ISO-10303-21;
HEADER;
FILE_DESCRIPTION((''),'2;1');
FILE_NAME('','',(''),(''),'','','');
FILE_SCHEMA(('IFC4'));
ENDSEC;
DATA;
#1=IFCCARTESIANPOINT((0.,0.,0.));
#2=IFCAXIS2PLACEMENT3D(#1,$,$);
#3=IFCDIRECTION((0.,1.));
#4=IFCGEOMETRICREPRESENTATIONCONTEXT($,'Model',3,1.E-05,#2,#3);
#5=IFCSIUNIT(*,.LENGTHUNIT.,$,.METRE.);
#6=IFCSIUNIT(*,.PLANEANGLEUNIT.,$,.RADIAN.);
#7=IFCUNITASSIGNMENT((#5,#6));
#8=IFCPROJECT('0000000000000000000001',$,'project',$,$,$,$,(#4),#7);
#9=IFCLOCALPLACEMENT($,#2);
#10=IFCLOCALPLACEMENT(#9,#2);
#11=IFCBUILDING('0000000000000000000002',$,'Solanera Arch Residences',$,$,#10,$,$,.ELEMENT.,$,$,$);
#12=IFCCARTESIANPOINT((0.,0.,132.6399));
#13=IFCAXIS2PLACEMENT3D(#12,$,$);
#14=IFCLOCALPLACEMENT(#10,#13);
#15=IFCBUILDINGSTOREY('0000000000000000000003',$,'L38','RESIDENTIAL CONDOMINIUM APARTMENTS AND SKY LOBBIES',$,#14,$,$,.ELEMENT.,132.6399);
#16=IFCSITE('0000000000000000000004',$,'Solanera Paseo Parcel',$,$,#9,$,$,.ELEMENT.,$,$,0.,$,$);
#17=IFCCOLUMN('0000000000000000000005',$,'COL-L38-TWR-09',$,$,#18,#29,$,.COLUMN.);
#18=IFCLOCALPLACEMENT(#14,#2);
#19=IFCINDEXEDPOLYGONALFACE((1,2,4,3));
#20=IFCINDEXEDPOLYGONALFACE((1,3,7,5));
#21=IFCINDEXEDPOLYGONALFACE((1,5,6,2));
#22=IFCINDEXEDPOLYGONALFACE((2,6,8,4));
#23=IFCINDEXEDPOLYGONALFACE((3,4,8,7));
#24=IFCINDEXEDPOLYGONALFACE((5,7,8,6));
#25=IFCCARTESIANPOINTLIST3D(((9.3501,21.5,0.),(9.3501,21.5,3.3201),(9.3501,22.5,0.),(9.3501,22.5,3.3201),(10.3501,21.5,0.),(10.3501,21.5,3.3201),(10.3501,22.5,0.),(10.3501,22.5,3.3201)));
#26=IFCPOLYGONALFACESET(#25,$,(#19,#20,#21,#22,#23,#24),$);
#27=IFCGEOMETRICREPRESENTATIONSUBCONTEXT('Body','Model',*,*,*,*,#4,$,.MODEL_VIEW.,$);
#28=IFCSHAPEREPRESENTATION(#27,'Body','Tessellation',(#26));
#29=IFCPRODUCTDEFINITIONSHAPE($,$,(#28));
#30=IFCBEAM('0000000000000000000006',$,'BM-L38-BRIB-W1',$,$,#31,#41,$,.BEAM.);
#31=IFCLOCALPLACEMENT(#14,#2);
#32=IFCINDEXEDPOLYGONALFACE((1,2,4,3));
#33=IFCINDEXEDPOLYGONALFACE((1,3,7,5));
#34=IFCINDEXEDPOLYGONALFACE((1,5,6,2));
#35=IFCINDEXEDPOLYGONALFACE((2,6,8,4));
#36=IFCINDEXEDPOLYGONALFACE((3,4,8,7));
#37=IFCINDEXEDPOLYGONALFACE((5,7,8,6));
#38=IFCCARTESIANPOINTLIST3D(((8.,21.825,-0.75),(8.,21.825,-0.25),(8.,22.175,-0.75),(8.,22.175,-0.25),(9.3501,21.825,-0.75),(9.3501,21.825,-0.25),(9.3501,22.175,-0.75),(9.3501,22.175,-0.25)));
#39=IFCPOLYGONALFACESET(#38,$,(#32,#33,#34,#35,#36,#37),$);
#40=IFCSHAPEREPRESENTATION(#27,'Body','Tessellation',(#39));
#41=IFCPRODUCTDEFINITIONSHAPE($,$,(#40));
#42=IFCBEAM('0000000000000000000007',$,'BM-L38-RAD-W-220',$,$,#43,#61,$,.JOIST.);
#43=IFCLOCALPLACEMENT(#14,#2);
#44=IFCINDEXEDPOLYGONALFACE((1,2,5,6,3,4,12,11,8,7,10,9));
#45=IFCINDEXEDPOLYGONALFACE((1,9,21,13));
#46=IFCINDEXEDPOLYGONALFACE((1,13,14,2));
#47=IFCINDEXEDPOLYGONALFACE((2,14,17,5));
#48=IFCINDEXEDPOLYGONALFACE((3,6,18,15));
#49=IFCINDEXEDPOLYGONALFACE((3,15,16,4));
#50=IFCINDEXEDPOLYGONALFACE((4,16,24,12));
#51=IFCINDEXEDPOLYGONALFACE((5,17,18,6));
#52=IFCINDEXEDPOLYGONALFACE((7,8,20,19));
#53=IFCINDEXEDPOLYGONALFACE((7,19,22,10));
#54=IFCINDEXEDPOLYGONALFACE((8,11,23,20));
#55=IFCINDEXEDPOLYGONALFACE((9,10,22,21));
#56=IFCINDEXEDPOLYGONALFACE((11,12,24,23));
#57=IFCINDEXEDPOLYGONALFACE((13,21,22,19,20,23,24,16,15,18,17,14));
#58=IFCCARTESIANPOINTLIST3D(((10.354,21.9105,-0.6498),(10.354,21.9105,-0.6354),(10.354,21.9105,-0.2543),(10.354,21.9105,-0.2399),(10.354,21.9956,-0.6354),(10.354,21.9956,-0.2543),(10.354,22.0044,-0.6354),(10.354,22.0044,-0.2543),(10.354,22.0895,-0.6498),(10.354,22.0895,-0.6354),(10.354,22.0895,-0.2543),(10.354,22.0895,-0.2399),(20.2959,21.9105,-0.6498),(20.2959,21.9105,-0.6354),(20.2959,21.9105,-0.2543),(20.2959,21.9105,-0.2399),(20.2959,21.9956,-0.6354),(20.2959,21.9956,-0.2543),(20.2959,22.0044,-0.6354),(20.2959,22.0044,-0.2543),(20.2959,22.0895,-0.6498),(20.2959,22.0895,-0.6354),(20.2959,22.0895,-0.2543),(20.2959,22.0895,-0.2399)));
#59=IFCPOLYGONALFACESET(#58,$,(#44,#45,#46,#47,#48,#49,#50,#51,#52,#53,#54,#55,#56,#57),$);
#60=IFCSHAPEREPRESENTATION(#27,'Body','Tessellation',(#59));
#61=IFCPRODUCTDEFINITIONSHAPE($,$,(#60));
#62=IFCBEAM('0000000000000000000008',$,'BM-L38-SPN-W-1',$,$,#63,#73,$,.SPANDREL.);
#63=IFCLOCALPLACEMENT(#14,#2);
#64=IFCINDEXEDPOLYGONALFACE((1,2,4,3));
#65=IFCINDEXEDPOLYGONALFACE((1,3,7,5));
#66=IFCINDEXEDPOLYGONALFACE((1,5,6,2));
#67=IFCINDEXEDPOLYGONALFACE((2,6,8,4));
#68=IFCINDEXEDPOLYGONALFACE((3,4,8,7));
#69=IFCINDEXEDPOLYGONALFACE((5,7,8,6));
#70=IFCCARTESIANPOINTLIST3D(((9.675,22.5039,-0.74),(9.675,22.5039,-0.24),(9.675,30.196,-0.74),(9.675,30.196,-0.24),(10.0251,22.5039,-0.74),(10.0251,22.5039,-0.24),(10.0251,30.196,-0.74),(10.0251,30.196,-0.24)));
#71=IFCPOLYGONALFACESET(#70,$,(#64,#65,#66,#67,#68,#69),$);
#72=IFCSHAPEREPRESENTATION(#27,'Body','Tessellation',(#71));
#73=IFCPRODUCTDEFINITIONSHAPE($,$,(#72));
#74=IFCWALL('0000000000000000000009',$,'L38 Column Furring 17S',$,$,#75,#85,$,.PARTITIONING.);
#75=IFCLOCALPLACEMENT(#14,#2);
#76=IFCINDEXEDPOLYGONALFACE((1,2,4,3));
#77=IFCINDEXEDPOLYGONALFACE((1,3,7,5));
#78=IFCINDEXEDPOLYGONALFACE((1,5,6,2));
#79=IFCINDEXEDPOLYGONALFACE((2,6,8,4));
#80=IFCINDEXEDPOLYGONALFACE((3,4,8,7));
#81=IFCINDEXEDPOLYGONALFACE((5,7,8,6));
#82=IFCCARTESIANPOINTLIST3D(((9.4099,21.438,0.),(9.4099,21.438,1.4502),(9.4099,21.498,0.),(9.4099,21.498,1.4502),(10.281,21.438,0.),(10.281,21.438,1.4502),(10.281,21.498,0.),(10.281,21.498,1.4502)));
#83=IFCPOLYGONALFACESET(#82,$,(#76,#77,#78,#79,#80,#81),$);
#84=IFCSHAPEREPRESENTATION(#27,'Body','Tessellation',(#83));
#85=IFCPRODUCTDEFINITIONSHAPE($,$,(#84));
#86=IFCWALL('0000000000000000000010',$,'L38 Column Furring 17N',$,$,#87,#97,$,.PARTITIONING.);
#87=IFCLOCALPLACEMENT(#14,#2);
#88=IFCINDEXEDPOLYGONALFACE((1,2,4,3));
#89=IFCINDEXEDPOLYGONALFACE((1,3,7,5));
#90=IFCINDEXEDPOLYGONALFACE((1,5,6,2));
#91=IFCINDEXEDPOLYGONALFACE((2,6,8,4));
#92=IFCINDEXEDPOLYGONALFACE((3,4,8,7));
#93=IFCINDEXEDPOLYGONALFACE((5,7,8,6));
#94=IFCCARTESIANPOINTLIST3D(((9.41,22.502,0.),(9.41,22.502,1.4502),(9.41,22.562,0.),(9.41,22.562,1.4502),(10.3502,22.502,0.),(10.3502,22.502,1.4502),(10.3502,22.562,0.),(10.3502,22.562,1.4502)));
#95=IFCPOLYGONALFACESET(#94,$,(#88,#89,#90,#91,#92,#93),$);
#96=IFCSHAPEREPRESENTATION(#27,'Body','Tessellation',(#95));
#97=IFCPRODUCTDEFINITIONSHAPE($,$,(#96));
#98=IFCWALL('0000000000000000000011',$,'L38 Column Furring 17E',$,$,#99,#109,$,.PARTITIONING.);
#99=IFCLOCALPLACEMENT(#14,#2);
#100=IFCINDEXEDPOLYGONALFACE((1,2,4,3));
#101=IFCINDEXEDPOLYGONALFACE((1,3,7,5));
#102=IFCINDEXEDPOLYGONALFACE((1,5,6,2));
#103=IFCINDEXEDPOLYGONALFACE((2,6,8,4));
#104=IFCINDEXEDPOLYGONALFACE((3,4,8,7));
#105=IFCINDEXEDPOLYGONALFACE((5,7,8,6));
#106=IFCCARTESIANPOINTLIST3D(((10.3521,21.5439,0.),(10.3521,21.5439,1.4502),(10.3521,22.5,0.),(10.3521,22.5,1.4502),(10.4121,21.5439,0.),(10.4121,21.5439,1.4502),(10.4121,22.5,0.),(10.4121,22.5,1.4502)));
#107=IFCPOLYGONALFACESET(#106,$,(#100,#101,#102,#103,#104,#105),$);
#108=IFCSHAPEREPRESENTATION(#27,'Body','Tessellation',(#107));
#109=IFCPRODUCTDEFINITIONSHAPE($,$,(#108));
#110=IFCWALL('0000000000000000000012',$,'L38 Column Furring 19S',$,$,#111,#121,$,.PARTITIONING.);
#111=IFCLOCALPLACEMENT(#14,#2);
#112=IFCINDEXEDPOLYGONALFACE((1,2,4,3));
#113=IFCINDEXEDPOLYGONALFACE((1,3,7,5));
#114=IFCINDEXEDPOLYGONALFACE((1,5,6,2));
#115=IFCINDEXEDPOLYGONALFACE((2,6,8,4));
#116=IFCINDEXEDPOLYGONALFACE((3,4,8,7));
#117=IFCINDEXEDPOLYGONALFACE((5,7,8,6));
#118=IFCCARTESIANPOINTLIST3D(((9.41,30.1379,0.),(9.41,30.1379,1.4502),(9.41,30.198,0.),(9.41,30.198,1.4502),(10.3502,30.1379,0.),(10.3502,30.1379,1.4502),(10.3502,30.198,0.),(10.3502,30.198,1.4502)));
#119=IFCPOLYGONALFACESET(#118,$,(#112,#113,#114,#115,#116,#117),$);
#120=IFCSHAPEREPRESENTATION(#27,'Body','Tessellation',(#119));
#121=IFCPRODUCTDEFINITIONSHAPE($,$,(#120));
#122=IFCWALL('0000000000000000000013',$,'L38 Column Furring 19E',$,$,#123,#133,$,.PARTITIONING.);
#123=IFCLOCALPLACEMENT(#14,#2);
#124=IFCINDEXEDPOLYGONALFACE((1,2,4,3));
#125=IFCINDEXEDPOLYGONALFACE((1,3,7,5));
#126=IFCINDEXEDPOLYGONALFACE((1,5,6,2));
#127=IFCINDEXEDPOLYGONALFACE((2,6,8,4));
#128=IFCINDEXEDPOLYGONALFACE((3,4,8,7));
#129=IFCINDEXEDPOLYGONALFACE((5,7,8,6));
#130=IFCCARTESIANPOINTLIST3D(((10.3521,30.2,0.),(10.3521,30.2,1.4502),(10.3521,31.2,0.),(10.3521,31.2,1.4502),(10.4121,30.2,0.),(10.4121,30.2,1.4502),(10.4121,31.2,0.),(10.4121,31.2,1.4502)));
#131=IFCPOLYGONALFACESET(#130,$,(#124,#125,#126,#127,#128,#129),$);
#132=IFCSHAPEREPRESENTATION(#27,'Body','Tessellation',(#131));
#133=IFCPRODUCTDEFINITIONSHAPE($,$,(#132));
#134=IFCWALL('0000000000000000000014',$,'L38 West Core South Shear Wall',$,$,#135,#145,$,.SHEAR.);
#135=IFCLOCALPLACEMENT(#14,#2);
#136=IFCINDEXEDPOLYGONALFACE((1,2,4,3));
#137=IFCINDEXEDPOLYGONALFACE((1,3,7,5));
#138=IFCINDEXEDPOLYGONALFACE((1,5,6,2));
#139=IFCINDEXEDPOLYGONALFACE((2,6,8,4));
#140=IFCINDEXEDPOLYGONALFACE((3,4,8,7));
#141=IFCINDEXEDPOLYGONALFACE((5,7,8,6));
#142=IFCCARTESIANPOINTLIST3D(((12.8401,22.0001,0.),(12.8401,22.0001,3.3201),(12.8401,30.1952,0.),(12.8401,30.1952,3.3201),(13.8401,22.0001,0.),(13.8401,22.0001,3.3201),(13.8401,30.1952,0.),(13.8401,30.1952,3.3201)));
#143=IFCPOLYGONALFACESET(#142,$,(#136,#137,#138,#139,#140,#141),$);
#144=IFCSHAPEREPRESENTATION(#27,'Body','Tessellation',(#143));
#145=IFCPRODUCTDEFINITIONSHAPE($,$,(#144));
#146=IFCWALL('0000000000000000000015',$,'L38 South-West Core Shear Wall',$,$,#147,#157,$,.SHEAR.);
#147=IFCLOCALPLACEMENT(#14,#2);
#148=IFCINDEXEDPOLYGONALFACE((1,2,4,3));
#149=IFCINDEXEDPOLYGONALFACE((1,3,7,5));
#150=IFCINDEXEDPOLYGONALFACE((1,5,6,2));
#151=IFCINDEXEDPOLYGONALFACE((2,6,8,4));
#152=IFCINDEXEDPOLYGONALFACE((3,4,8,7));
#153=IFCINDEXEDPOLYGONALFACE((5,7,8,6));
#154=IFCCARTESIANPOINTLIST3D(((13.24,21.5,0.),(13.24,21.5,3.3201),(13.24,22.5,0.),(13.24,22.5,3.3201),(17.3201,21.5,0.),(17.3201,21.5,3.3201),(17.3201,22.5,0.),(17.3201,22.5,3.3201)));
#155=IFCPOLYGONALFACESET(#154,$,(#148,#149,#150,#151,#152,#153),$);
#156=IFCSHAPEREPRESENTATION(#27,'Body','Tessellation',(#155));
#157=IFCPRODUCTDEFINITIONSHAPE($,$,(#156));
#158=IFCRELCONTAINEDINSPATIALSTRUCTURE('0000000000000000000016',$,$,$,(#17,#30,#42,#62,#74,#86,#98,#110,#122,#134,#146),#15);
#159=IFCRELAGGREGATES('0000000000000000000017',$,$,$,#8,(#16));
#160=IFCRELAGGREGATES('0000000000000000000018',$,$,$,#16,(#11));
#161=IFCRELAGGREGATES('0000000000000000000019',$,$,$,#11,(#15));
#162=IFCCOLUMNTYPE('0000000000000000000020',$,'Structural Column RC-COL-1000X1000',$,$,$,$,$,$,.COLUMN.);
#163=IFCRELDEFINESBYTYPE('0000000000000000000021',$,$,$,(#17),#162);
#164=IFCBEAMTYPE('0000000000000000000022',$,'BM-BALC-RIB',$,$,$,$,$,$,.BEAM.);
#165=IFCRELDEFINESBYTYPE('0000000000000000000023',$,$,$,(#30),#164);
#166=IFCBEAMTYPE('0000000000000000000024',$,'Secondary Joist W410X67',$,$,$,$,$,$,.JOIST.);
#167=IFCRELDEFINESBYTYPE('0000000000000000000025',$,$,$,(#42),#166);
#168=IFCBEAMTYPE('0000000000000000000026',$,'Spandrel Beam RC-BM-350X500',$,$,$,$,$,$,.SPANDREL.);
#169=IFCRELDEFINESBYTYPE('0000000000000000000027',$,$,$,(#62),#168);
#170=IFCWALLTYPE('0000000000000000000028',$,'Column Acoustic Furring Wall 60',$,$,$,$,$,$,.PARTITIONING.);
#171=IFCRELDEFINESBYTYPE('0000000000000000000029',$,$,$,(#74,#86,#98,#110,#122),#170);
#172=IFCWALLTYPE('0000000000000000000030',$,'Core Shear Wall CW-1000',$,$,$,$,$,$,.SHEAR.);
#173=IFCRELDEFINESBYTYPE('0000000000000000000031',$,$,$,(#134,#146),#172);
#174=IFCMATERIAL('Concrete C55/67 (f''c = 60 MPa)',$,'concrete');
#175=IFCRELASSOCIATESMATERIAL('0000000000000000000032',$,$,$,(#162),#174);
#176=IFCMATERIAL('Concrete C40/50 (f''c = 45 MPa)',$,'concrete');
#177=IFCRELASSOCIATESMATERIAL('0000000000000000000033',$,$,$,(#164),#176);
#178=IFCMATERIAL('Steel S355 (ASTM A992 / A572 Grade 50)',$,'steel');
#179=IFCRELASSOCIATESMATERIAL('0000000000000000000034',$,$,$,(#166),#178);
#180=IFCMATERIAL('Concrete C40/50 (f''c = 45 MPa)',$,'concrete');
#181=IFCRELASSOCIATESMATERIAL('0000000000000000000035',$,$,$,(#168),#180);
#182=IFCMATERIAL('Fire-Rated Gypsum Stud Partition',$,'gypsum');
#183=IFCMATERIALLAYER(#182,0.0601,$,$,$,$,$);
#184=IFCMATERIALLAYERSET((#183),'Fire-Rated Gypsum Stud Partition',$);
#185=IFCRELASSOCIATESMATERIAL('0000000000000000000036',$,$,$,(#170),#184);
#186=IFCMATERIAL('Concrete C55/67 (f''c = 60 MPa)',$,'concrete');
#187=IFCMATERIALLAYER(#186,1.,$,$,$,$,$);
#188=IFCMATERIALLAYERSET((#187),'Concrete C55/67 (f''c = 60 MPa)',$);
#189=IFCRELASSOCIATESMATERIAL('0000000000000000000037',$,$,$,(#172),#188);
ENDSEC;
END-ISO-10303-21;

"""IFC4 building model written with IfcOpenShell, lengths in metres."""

from ifc_helpers import new_model, si_unit, direction, frame, frame_2d, origin, origin_2d, place, context, subcontext, project, spatial, rectangle, i_section, extrude, material, layer, layer_set, material_profile, profile_set, type_object, element, save


model = new_model("IFC4")

# Units and contexts
model_context = context("Model", 3, precision=1e-05, world=origin(), true_north=direction((0.0, 1.0)))
body_context = subcontext(model_context, "Body", "Model", "MODEL_VIEW")
ifc_project = project(units=[si_unit("LENGTHUNIT", "METRE"), si_unit("PLANEANGLEUNIT", "RADIAN")], contexts=[model_context])

# Site, building, storey
site_placement = place(None, origin())
site = spatial("IfcSite", under=ifc_project, at=site_placement, Name="Solanera Paseo Parcel", CompositionType="ELEMENT", RefElevation=0.0)
building_placement = place(site_placement, origin())
building = spatial("IfcBuilding", under=site, at=building_placement, Name="Solanera Arch Residences", CompositionType="ELEMENT")
storey_placement = place(building_placement, frame((0.0, 0.0, 132.6399)))
storey = spatial("IfcBuildingStorey", under=building, at=storey_placement, Name="L38", Description="RESIDENTIAL CONDOMINIUM APARTMENTS AND SKY LOBBIES", CompositionType="ELEMENT", Elevation=132.6399)

# Column
ifc_material_1 = material(Name="Concrete C55/67 (f'c = 60 MPa)", Category="concrete")
ifc_material_profile_1 = material_profile(ifc_material_1, rectangle(XDim=1.0, YDim=1.0, at=origin_2d()))
ifc_profile_set_1 = profile_set([ifc_material_profile_1], Name="Concrete C55/67 (f'c = 60 MPa)")
column_type = type_object("IfcColumnType", Name="Structural Column RC-COL-1000X1000", PredefinedType="COLUMN", material=ifc_profile_set_1)
column_placement = place(storey_placement, frame((9.8501, 22.0, 0.0), z_axis=(0.0, 0.0, 1.0), x_axis=(1.0, 0.0, 0.0)))
element("IfcColumn", 1, at=column_placement, inside=storey, type_object=column_type, Name="COL-L38-TWR-09", PredefinedType="COLUMN", context=body_context, shape_type="SweptSolid", body=[
    extrude(rectangle(XDim=1.0, YDim=1.0, at=origin_2d()), origin(), (0.0, 0.0, 1.0), 3.3201),
])

# Beams
ifc_material_2 = material(Name="Concrete C40/50 (f'c = 45 MPa)", Category="concrete")
ifc_material_profile_2 = material_profile(ifc_material_2, rectangle(XDim=0.3501, YDim=0.5, at=origin_2d()))
ifc_profile_set_2 = profile_set([ifc_material_profile_2], Name="Concrete C40/50 (f'c = 45 MPa)")
beam_type_1 = type_object("IfcBeamType", Name="BM-BALC-RIB", PredefinedType="BEAM", material=ifc_profile_set_2)
beam_1_placement = place(storey_placement, frame((8.0, 22.0, -0.5), z_axis=(1.0, 0.0, 0.0), x_axis=(0.0, 1.0, 0.0)))
element("IfcBeam", 2, at=beam_1_placement, inside=storey, type_object=beam_type_1, Name="BM-L38-BRIB-W1", PredefinedType="BEAM", context=body_context, shape_type="SweptSolid", body=[
    extrude(rectangle(XDim=0.3501, YDim=0.5, at=origin_2d()), origin(), (0.0, 0.0, 1.0), 1.3501),
])
ifc_material_3 = material(Name="Steel S355 (ASTM A992 / A572 Grade 50)", Category="steel")
ifc_material_profile_3 = material_profile(ifc_material_3, i_section(OverallWidth=0.179, OverallDepth=0.4099, WebThickness=0.0088, FlangeThickness=0.0144, at=origin_2d()))
ifc_profile_set_3 = profile_set([ifc_material_profile_3], Name="Steel S355 (ASTM A992 / A572 Grade 50)")
beam_type_2 = type_object("IfcBeamType", Name="Secondary Joist W410X67", PredefinedType="JOIST", material=ifc_profile_set_3)
beam_2_placement = place(storey_placement, frame((10.354, 22.0, -0.4448), z_axis=(1.0, 0.0, 0.0), x_axis=(0.0, 1.0, 0.0)))
element("IfcBeam", 3, at=beam_2_placement, inside=storey, type_object=beam_type_2, Name="BM-L38-RAD-W-220", PredefinedType="JOIST", context=body_context, shape_type="SweptSolid", body=[
    extrude(i_section(OverallWidth=0.179, OverallDepth=0.4099, WebThickness=0.0088, FlangeThickness=0.0144, at=origin_2d()), origin(), (0.0, 0.0, 1.0), 9.9419),
])
ifc_material_4 = material(Name="Concrete C40/50 (f'c = 45 MPa)", Category="concrete")
ifc_material_profile_4 = material_profile(ifc_material_4, rectangle(XDim=0.3501, YDim=0.5, at=origin_2d()))
ifc_profile_set_4 = profile_set([ifc_material_profile_4], Name="Concrete C40/50 (f'c = 45 MPa)")
beam_type_3 = type_object("IfcBeamType", Name="Spandrel Beam RC-BM-350X500", PredefinedType="SPANDREL", material=ifc_profile_set_4)
beam_3_placement = place(storey_placement, frame((9.8501, 22.5039, -0.49), z_axis=(0.0, 1.0, 0.0), x_axis=(-1.0, 0.0, 0.0)))
element("IfcBeam", 4, at=beam_3_placement, inside=storey, type_object=beam_type_3, Name="BM-L38-SPN-W-1", PredefinedType="SPANDREL", context=body_context, shape_type="SweptSolid", body=[
    extrude(rectangle(XDim=0.3501, YDim=0.5, at=origin_2d()), origin(), (0.0, 0.0, 1.0), 7.6921),
])

# Walls
ifc_material_5 = material(Name="Fire-Rated Gypsum Stud Partition", Category="gypsum")
ifc_layer_1 = layer(ifc_material_5, 0.0601)
ifc_layer_set_1 = layer_set([ifc_layer_1], Name="Fire-Rated Gypsum Stud Partition")
wall_type_1 = type_object("IfcWallType", Name="Column Acoustic Furring Wall 60", PredefinedType="PARTITIONING", material=ifc_layer_set_1)
wall_1_placement = place(storey_placement, frame((9.4099, 21.468, 0.0), z_axis=(0.0, 0.0, 1.0), x_axis=(1.0, 0.0, 0.0)))
element("IfcWall", 5, at=wall_1_placement, inside=storey, type_object=wall_type_1, Name="L38 Column Furring 17S", PredefinedType="PARTITIONING", context=body_context, shape_type="SweptSolid", body=[
    extrude(rectangle(XDim=0.8711, YDim=0.0601, at=frame_2d((0.4355, 0.0))), origin(), (0.0, 0.0, 1.0), 1.4502),
])
wall_2_placement = place(storey_placement, frame((9.4099, 22.532, 0.0), z_axis=(0.0, 0.0, 1.0), x_axis=(1.0, 0.0, 0.0)))
element("IfcWall", 6, at=wall_2_placement, inside=storey, type_object=wall_type_1, Name="L38 Column Furring 17N", PredefinedType="PARTITIONING", context=body_context, shape_type="SweptSolid", body=[
    extrude(rectangle(XDim=0.9402, YDim=0.0601, at=frame_2d((0.4702, 0.0))), origin(), (0.0, 0.0, 1.0), 1.4502),
])
wall_3_placement = place(storey_placement, frame((10.3821, 21.5439, 0.0), z_axis=(0.0, 0.0, 1.0), x_axis=(0.0, 1.0, 0.0)))
element("IfcWall", 7, at=wall_3_placement, inside=storey, type_object=wall_type_1, Name="L38 Column Furring 17E", PredefinedType="PARTITIONING", context=body_context, shape_type="SweptSolid", body=[
    extrude(rectangle(XDim=0.9561, YDim=0.0601, at=frame_2d((0.478, 0.0))), origin(), (0.0, 0.0, 1.0), 1.4502),
])
wall_4_placement = place(storey_placement, frame((9.4099, 30.168, 0.0), z_axis=(0.0, 0.0, 1.0), x_axis=(1.0, 0.0, 0.0)))
element("IfcWall", 8, at=wall_4_placement, inside=storey, type_object=wall_type_1, Name="L38 Column Furring 19S", PredefinedType="PARTITIONING", context=body_context, shape_type="SweptSolid", body=[
    extrude(rectangle(XDim=0.9402, YDim=0.0601, at=frame_2d((0.4702, 0.0))), origin(), (0.0, 0.0, 1.0), 1.4502),
])
wall_5_placement = place(storey_placement, frame((10.3821, 30.2, 0.0), z_axis=(0.0, 0.0, 1.0), x_axis=(0.0, 1.0, 0.0)))
element("IfcWall", 9, at=wall_5_placement, inside=storey, type_object=wall_type_1, Name="L38 Column Furring 19E", PredefinedType="PARTITIONING", context=body_context, shape_type="SweptSolid", body=[
    extrude(rectangle(XDim=1.0, YDim=0.0601, at=frame_2d((0.5, 0.0))), origin(), (0.0, 0.0, 1.0), 1.4502),
])
ifc_material_6 = material(Name="Concrete C55/67 (f'c = 60 MPa)", Category="concrete")
ifc_layer_2 = layer(ifc_material_6, 1.0)
ifc_layer_set_2 = layer_set([ifc_layer_2], Name="Concrete C55/67 (f'c = 60 MPa)")
wall_type_2 = type_object("IfcWallType", Name="Core Shear Wall CW-1000", PredefinedType="SHEAR", material=ifc_layer_set_2)
wall_6_placement = place(storey_placement, frame((13.3401, 22.0, 0.0), z_axis=(0.0, 0.0, 1.0), x_axis=(0.0, 1.0, 0.0)))
element("IfcWall", 10, at=wall_6_placement, inside=storey, type_object=wall_type_2, Name="L38 West Core South Shear Wall", PredefinedType="SHEAR", context=body_context, shape_type="SweptSolid", body=[
    extrude(rectangle(XDim=8.1951, YDim=1.0, at=frame_2d((4.0977, 0.0))), origin(), (0.0, 0.0, 1.0), 3.3201),
])
wall_7_placement = place(storey_placement, frame((13.24, 22.0, 0.0), z_axis=(0.0, 0.0, 1.0), x_axis=(1.0, 0.0, 0.0)))
element("IfcWall", 11, at=wall_7_placement, inside=storey, type_object=wall_type_2, Name="L38 South-West Core Shear Wall", PredefinedType="SHEAR", context=body_context, shape_type="SweptSolid", body=[
    extrude(rectangle(XDim=4.0801, YDim=1.0, at=frame_2d((2.04, 0.0))), origin(), (0.0, 0.0, 1.0), 3.3201),
])

save(model, "model.ifc")
